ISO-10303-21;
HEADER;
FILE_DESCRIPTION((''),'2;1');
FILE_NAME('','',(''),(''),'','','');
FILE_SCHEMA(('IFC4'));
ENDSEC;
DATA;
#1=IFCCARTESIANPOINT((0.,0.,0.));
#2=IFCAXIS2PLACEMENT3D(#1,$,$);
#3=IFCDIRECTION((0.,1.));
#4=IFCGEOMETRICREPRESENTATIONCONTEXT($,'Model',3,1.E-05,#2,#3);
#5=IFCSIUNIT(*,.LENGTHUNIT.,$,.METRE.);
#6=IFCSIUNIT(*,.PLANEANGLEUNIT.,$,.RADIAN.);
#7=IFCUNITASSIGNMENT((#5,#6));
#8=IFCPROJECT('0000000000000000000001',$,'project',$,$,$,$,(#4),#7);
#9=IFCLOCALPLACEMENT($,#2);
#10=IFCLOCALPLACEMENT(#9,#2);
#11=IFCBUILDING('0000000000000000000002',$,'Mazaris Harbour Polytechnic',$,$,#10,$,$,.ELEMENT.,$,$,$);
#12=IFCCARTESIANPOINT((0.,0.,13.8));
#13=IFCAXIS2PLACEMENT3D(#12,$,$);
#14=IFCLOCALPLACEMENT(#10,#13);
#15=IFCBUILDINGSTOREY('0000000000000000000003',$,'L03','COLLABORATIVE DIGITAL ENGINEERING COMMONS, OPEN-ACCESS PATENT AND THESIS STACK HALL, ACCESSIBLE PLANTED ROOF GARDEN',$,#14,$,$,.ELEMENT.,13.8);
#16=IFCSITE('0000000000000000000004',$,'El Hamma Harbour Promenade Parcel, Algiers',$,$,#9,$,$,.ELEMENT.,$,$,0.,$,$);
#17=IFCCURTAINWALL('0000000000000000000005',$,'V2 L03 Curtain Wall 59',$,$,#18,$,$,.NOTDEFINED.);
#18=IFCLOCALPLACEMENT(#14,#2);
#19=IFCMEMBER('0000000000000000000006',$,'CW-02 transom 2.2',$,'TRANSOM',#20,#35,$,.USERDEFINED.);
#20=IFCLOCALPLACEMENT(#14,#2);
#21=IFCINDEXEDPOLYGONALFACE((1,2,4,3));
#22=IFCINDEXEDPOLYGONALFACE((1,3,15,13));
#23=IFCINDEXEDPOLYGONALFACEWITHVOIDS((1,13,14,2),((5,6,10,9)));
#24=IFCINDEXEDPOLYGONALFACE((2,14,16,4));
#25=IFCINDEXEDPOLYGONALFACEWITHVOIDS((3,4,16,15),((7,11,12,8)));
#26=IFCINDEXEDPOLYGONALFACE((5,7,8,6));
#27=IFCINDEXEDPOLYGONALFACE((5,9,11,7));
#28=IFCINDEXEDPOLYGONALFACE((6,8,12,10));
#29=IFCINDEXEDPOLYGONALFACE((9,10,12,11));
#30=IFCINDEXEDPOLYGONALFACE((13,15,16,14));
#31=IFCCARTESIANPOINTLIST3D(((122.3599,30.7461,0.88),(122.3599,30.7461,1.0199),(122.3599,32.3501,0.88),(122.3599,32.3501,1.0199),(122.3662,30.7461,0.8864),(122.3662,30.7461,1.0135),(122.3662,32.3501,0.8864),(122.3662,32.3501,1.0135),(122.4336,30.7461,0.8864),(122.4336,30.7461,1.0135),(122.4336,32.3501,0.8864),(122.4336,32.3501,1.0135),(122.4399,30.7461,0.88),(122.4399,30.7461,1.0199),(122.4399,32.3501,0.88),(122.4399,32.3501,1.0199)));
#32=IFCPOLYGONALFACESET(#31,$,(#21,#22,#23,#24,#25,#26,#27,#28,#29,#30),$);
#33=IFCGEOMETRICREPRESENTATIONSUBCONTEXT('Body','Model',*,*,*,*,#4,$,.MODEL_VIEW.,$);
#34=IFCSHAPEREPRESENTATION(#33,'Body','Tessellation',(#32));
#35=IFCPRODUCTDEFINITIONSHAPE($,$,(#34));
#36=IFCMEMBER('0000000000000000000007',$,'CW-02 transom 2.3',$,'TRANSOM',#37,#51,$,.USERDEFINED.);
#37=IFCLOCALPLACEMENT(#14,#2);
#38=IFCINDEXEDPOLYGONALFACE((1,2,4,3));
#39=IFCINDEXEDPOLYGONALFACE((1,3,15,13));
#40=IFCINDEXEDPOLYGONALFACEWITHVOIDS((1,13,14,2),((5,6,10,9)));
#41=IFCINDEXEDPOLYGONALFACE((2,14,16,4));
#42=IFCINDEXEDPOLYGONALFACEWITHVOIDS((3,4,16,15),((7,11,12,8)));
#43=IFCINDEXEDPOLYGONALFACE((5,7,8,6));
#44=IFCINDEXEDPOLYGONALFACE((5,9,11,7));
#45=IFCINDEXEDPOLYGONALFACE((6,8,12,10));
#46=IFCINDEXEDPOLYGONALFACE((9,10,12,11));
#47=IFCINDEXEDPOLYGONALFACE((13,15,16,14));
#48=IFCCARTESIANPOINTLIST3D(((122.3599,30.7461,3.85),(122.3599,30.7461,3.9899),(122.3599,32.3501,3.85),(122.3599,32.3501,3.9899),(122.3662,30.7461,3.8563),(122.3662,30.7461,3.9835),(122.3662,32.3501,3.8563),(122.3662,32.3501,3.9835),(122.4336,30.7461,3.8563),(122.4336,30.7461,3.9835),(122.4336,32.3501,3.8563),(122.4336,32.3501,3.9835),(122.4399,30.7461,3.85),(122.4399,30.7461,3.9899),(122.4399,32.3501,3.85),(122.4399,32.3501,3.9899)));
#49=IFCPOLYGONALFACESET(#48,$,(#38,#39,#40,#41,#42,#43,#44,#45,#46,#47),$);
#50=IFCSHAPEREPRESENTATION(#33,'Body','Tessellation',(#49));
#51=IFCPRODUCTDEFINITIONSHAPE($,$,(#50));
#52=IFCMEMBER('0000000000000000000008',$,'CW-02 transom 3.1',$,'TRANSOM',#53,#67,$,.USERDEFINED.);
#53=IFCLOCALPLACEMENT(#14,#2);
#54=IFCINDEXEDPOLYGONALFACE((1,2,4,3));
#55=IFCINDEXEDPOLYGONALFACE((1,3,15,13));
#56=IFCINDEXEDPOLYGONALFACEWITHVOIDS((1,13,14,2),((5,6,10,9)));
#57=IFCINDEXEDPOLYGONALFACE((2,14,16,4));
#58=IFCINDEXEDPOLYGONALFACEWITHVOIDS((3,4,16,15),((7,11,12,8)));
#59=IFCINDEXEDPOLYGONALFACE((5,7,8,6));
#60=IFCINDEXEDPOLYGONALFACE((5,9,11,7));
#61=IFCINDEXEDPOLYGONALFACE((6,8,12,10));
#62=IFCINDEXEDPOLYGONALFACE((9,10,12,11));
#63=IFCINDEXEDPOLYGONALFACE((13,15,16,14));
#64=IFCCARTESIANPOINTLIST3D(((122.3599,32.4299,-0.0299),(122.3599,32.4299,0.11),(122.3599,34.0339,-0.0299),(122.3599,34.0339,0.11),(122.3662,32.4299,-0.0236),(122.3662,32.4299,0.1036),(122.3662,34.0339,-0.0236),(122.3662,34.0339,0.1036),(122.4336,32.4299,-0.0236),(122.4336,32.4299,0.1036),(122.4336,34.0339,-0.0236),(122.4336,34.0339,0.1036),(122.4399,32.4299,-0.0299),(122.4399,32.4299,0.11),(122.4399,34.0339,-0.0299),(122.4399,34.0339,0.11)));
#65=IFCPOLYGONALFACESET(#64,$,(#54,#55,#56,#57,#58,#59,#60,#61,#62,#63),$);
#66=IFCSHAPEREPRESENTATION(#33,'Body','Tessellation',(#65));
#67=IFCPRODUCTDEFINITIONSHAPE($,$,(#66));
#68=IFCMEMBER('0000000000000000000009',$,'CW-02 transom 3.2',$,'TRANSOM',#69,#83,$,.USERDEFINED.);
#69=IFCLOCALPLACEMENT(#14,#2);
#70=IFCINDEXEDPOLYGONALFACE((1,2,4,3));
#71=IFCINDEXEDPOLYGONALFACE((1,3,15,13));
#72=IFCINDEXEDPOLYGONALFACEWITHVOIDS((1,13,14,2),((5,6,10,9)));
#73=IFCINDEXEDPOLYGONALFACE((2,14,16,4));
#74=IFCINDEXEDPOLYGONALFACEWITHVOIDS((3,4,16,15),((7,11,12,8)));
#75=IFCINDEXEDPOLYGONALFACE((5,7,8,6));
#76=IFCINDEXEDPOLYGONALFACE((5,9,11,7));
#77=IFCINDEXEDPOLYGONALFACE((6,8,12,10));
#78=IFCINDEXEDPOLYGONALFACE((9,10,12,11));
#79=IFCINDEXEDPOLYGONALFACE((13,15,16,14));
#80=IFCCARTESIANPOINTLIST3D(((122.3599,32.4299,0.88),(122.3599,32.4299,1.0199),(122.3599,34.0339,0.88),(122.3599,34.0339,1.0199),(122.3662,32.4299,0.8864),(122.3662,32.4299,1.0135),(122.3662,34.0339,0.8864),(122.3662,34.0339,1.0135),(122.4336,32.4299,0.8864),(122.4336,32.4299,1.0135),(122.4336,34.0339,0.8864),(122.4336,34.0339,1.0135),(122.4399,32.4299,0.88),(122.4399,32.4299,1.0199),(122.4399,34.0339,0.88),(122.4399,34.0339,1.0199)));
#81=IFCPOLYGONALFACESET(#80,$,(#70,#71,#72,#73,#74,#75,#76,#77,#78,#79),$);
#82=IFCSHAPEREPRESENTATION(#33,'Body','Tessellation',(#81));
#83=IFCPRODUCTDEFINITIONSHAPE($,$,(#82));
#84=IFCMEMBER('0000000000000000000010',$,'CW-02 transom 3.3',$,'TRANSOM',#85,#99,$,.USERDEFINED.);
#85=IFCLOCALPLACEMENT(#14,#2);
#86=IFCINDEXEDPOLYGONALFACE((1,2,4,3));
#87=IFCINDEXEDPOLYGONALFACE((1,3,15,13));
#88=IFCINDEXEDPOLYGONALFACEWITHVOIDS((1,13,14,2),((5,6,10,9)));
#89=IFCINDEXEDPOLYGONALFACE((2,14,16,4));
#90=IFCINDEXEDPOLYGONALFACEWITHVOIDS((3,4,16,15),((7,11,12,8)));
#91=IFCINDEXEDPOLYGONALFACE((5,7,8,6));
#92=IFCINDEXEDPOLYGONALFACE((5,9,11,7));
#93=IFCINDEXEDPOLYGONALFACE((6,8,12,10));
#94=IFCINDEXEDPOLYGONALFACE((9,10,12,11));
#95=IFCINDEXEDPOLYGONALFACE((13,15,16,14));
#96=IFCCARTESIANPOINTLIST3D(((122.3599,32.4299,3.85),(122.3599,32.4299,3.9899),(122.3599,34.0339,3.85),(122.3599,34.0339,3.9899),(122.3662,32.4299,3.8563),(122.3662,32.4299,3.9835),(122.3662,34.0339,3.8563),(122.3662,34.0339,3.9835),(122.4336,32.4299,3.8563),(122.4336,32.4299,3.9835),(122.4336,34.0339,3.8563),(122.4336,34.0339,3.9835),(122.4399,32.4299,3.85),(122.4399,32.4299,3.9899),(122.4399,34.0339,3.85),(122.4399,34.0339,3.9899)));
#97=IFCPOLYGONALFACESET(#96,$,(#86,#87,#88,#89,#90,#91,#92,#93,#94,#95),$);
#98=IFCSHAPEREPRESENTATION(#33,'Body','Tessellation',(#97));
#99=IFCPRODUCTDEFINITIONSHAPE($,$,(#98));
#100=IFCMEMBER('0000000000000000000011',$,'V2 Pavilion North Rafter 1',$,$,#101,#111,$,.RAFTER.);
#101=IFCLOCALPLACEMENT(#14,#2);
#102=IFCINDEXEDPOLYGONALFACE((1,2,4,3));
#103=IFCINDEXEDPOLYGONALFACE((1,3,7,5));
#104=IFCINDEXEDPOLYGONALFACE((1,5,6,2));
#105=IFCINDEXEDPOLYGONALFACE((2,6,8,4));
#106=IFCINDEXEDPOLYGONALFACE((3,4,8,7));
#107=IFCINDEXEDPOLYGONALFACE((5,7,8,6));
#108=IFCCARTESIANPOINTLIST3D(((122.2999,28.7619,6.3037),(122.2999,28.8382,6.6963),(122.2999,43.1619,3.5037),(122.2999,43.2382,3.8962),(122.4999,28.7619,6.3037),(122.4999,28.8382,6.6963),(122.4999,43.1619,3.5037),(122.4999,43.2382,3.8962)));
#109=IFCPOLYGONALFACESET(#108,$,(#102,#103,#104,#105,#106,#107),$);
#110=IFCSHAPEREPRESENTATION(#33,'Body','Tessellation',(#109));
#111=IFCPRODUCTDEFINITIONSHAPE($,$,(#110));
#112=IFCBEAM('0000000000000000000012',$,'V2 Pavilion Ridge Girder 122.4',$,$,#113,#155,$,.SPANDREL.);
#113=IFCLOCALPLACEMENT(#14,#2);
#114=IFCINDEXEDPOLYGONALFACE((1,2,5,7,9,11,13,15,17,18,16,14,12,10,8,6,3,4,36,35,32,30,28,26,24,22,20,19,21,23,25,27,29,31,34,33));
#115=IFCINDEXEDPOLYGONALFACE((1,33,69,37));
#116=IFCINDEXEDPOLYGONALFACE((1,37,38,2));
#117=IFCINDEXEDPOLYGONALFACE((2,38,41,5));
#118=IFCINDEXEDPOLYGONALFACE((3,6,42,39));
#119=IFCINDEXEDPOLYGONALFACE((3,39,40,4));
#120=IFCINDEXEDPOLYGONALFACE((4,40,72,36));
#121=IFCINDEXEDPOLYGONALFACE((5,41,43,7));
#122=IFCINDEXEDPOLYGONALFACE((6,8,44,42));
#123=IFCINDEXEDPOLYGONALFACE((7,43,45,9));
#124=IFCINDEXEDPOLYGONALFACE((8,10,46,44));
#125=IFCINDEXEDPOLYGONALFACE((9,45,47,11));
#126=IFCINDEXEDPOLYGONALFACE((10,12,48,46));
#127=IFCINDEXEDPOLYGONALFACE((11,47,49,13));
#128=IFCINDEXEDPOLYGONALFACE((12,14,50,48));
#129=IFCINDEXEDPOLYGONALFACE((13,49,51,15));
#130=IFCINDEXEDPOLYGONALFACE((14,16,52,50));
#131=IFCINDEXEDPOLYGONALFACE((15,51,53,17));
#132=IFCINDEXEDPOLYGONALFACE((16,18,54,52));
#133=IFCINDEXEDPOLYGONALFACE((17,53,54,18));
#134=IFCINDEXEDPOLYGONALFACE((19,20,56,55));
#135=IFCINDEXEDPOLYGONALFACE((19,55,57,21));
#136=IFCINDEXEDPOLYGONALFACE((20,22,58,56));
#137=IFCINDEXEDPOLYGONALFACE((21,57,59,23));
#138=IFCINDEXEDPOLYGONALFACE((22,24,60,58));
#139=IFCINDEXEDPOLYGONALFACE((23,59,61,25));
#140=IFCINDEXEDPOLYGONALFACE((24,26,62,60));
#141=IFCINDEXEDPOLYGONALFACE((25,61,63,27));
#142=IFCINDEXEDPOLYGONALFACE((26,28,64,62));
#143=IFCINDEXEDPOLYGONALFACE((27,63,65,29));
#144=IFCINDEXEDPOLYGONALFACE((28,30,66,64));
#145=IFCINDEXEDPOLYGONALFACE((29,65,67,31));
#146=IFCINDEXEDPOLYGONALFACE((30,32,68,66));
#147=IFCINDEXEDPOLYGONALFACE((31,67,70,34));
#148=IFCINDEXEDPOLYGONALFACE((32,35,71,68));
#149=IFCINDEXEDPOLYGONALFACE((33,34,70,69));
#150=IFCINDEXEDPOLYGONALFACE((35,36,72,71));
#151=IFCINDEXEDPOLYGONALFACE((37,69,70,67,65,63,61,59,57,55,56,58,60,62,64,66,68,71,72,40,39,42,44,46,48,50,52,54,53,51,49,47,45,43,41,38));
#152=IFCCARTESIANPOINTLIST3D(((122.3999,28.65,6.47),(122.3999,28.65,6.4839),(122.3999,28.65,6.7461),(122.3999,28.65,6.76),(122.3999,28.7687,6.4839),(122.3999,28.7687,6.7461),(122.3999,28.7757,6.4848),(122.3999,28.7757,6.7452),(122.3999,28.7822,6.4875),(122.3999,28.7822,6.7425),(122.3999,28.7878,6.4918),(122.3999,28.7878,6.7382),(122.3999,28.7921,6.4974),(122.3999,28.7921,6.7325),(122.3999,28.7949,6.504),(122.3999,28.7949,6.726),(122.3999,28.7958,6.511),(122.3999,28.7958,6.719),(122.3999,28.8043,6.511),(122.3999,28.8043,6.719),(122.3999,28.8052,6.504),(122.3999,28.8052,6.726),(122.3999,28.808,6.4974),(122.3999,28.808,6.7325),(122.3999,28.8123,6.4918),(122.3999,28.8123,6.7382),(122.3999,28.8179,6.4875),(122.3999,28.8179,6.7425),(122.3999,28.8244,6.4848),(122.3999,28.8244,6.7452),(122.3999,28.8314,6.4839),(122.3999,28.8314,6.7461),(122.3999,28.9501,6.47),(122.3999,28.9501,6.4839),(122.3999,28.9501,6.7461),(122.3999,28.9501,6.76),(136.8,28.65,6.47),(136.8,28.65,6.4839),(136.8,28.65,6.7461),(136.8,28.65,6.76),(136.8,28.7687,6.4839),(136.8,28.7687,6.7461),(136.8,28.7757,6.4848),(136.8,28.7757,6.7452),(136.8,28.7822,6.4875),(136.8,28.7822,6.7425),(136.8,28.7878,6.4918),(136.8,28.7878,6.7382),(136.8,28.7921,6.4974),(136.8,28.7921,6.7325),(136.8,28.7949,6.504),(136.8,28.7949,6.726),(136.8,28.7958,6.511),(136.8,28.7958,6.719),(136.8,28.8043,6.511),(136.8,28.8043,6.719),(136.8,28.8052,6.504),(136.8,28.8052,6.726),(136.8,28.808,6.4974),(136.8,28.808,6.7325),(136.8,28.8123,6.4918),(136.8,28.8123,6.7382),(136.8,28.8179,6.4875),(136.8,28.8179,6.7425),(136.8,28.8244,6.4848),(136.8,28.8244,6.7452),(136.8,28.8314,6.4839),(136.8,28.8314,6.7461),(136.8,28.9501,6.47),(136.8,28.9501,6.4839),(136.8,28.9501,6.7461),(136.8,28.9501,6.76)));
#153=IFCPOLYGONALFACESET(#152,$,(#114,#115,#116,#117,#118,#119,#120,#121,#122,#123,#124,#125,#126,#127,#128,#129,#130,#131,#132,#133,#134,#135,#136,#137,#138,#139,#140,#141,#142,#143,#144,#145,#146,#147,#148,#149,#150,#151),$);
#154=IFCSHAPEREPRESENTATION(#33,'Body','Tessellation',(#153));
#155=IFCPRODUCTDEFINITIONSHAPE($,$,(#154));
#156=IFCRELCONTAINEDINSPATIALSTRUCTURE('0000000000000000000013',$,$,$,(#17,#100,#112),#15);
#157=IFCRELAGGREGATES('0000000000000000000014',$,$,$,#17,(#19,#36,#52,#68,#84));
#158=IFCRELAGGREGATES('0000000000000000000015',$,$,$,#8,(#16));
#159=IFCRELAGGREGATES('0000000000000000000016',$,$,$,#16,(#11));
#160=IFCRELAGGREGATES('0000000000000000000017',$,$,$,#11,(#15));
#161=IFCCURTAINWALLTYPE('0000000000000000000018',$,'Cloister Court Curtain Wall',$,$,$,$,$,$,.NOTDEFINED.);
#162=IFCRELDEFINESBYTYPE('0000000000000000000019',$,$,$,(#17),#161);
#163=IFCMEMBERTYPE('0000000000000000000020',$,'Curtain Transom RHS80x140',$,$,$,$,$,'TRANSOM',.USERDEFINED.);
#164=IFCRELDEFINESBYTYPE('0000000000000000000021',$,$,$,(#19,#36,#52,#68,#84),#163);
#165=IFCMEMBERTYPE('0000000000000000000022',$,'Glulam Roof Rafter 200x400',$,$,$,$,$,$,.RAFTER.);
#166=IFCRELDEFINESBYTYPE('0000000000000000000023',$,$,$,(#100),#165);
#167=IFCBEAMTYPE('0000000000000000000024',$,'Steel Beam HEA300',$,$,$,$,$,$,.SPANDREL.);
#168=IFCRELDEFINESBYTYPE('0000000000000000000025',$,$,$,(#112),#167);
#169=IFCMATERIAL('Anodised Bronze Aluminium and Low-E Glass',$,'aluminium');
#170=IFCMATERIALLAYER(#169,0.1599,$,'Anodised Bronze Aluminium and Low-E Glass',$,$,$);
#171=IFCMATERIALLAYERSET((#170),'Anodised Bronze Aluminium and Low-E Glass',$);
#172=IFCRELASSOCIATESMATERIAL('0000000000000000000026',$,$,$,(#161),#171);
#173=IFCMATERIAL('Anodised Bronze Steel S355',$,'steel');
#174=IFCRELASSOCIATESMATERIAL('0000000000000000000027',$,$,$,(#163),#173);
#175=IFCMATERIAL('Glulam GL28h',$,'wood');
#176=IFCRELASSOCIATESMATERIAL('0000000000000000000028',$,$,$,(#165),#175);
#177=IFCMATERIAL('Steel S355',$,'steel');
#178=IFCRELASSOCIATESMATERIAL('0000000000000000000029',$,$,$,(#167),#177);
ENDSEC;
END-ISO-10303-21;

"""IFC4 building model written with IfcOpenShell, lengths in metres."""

from ifc_helpers import new_model, si_unit, direction, frame, origin, origin_2d, place, context, subcontext, project, spatial, rectangle, hollow_rectangle, i_section, extrude, material, layer, layer_set, material_profile, profile_set, type_object, element, aggregate, save


model = new_model("IFC4")

# Units and contexts
model_context = context("Model", 3, precision=1e-05, world=origin(), true_north=direction((0.0, 1.0)))
body_context = subcontext(model_context, "Body", "Model", "MODEL_VIEW")
ifc_project = project(units=[si_unit("LENGTHUNIT", "METRE"), si_unit("PLANEANGLEUNIT", "RADIAN")], contexts=[model_context])

# Site, building, storey
site_placement = place(None, origin())
site = spatial("IfcSite", under=ifc_project, at=site_placement, Name="El Hamma Harbour Promenade Parcel, Algiers", CompositionType="ELEMENT", RefElevation=0.0)
building_placement = place(site_placement, origin())
building = spatial("IfcBuilding", under=site, at=building_placement, Name="Mazaris Harbour Polytechnic", CompositionType="ELEMENT")
storey_placement = place(building_placement, frame((0.0, 0.0, 13.8)))
storey = spatial("IfcBuildingStorey", under=building, at=storey_placement, Name="L03", Description="COLLABORATIVE DIGITAL ENGINEERING COMMONS, OPEN-ACCESS PATENT AND THESIS STACK HALL, ACCESSIBLE PLANTED ROOF GARDEN", CompositionType="ELEMENT", Elevation=13.8)

# Curtain wall, members
ifc_material_1 = material(Name="Anodised Bronze Aluminium and Low-E Glass", Category="aluminium")
ifc_layer_1 = layer(ifc_material_1, 0.1599, Name="Anodised Bronze Aluminium and Low-E Glass")
ifc_layer_set_1 = layer_set([ifc_layer_1], Name="Anodised Bronze Aluminium and Low-E Glass")
curtain_wall_type = type_object("IfcCurtainWallType", Name="Cloister Court Curtain Wall", PredefinedType="NOTDEFINED", material=ifc_layer_set_1)
curtain_wall_placement = place(storey_placement, origin())
curtain_wall = element("IfcCurtainWall", 1, at=curtain_wall_placement, inside=storey, type_object=curtain_wall_type, Name="V2 L03 Curtain Wall 59", PredefinedType="NOTDEFINED")
ifc_material_2 = material(Name="Anodised Bronze Steel S355", Category="steel")
ifc_material_profile_1 = material_profile(ifc_material_2, hollow_rectangle(XDim=0.0801, YDim=0.1399, WallThickness=0.0063, at=origin_2d()), Name="RHS 80x140x6.3")
ifc_profile_set_1 = profile_set([ifc_material_profile_1], Name="Anodised Bronze Steel S355")
member_type_1 = type_object("IfcMemberType", Name="Curtain Transom RHS80x140", ElementType="TRANSOM", PredefinedType="USERDEFINED", material=ifc_profile_set_1)
member_1_placement = place(storey_placement, frame((122.3999, 30.7461, 0.95), z_axis=(0.0, 1.0, 0.0), x_axis=(-1.0, 0.0, 0.0)))
member_1 = element("IfcMember", 2, at=member_1_placement, type_object=member_type_1, Name="CW-02 transom 2.2", ObjectType="TRANSOM", PredefinedType="USERDEFINED", context=body_context, shape_type="SweptSolid", body=[
    extrude(hollow_rectangle(XDim=0.0801, YDim=0.1399, WallThickness=0.0063, at=origin_2d()), origin(), (0.0, 0.0, 1.0), 1.604),
])
member_2_placement = place(storey_placement, frame((122.3999, 30.7461, 3.9199), z_axis=(0.0, 1.0, 0.0), x_axis=(-1.0, 0.0, 0.0)))
member_2 = element("IfcMember", 3, at=member_2_placement, type_object=member_type_1, Name="CW-02 transom 2.3", ObjectType="TRANSOM", PredefinedType="USERDEFINED", context=body_context, shape_type="SweptSolid", body=[
    extrude(hollow_rectangle(XDim=0.0801, YDim=0.1399, WallThickness=0.0063, at=origin_2d()), origin(), (0.0, 0.0, 1.0), 1.604),
])
member_3_placement = place(storey_placement, frame((122.3999, 32.4299, 0.04), z_axis=(0.0, 1.0, 0.0), x_axis=(-1.0, 0.0, 0.0)))
member_3 = element("IfcMember", 4, at=member_3_placement, type_object=member_type_1, Name="CW-02 transom 3.1", ObjectType="TRANSOM", PredefinedType="USERDEFINED", context=body_context, shape_type="SweptSolid", body=[
    extrude(hollow_rectangle(XDim=0.0801, YDim=0.1399, WallThickness=0.0063, at=origin_2d()), origin(), (0.0, 0.0, 1.0), 1.604),
])
member_4_placement = place(storey_placement, frame((122.3999, 32.4299, 0.95), z_axis=(0.0, 1.0, 0.0), x_axis=(-1.0, 0.0, 0.0)))
member_4 = element("IfcMember", 5, at=member_4_placement, type_object=member_type_1, Name="CW-02 transom 3.2", ObjectType="TRANSOM", PredefinedType="USERDEFINED", context=body_context, shape_type="SweptSolid", body=[
    extrude(hollow_rectangle(XDim=0.0801, YDim=0.1399, WallThickness=0.0063, at=origin_2d()), origin(), (0.0, 0.0, 1.0), 1.604),
])
member_5_placement = place(storey_placement, frame((122.3999, 32.4299, 3.9199), z_axis=(0.0, 1.0, 0.0), x_axis=(-1.0, 0.0, 0.0)))
member_5 = element("IfcMember", 6, at=member_5_placement, type_object=member_type_1, Name="CW-02 transom 3.3", ObjectType="TRANSOM", PredefinedType="USERDEFINED", context=body_context, shape_type="SweptSolid", body=[
    extrude(hollow_rectangle(XDim=0.0801, YDim=0.1399, WallThickness=0.0063, at=origin_2d()), origin(), (0.0, 0.0, 1.0), 1.604),
])

# Member
ifc_material_3 = material(Name="Glulam GL28h", Category="wood")
ifc_material_profile_2 = material_profile(ifc_material_3, rectangle(XDim=0.2, YDim=0.3999, at=origin_2d()), Name="RECT200x400")
ifc_profile_set_2 = profile_set([ifc_material_profile_2], Name="Glulam GL28h")
member_type_2 = type_object("IfcMemberType", Name="Glulam Roof Rafter 200x400", PredefinedType="RAFTER", material=ifc_profile_set_2)
member_6_placement = place(storey_placement, frame((122.3999, 28.8, 6.5), z_axis=(0.0, 0.981615, -0.190874), x_axis=(-1.0, 0.0, 0.0)))
element("IfcMember", 7, at=member_6_placement, inside=storey, type_object=member_type_2, Name="V2 Pavilion North Rafter 1", PredefinedType="RAFTER", context=body_context, shape_type="SweptSolid", body=[
    extrude(rectangle(XDim=0.2, YDim=0.3999, at=origin_2d()), origin(), (0.0, 0.0, 1.0), 14.6697),
])

# Beam
ifc_material_4 = material(Name="Steel S355", Category="steel")
ifc_material_profile_3 = material_profile(ifc_material_4, i_section(OverallWidth=0.3, OverallDepth=0.29, WebThickness=0.0085, FlangeThickness=0.0139, FilletRadius=0.0271, at=origin_2d()), Name="HEA 300")
ifc_profile_set_3 = profile_set([ifc_material_profile_3], Name="Steel S355")
beam_type = type_object("IfcBeamType", Name="Steel Beam HEA300", PredefinedType="SPANDREL", material=ifc_profile_set_3)
beam_placement = place(storey_placement, frame((122.3999, 28.8, 6.615), z_axis=(1.0, 0.0, 0.0), x_axis=(0.0, 1.0, 0.0)))
element("IfcBeam", 8, at=beam_placement, inside=storey, type_object=beam_type, Name="V2 Pavilion Ridge Girder 122.4", PredefinedType="SPANDREL", context=body_context, shape_type="SweptSolid", body=[
    extrude(i_section(OverallWidth=0.3, OverallDepth=0.29, WebThickness=0.0085, FlangeThickness=0.0139, FilletRadius=0.0271, at=origin_2d()), origin(), (0.0, 0.0, 1.0), 14.4001),
])

aggregate(curtain_wall, [member_1, member_2, member_3, member_4, member_5])

save(model, "model.ifc")
